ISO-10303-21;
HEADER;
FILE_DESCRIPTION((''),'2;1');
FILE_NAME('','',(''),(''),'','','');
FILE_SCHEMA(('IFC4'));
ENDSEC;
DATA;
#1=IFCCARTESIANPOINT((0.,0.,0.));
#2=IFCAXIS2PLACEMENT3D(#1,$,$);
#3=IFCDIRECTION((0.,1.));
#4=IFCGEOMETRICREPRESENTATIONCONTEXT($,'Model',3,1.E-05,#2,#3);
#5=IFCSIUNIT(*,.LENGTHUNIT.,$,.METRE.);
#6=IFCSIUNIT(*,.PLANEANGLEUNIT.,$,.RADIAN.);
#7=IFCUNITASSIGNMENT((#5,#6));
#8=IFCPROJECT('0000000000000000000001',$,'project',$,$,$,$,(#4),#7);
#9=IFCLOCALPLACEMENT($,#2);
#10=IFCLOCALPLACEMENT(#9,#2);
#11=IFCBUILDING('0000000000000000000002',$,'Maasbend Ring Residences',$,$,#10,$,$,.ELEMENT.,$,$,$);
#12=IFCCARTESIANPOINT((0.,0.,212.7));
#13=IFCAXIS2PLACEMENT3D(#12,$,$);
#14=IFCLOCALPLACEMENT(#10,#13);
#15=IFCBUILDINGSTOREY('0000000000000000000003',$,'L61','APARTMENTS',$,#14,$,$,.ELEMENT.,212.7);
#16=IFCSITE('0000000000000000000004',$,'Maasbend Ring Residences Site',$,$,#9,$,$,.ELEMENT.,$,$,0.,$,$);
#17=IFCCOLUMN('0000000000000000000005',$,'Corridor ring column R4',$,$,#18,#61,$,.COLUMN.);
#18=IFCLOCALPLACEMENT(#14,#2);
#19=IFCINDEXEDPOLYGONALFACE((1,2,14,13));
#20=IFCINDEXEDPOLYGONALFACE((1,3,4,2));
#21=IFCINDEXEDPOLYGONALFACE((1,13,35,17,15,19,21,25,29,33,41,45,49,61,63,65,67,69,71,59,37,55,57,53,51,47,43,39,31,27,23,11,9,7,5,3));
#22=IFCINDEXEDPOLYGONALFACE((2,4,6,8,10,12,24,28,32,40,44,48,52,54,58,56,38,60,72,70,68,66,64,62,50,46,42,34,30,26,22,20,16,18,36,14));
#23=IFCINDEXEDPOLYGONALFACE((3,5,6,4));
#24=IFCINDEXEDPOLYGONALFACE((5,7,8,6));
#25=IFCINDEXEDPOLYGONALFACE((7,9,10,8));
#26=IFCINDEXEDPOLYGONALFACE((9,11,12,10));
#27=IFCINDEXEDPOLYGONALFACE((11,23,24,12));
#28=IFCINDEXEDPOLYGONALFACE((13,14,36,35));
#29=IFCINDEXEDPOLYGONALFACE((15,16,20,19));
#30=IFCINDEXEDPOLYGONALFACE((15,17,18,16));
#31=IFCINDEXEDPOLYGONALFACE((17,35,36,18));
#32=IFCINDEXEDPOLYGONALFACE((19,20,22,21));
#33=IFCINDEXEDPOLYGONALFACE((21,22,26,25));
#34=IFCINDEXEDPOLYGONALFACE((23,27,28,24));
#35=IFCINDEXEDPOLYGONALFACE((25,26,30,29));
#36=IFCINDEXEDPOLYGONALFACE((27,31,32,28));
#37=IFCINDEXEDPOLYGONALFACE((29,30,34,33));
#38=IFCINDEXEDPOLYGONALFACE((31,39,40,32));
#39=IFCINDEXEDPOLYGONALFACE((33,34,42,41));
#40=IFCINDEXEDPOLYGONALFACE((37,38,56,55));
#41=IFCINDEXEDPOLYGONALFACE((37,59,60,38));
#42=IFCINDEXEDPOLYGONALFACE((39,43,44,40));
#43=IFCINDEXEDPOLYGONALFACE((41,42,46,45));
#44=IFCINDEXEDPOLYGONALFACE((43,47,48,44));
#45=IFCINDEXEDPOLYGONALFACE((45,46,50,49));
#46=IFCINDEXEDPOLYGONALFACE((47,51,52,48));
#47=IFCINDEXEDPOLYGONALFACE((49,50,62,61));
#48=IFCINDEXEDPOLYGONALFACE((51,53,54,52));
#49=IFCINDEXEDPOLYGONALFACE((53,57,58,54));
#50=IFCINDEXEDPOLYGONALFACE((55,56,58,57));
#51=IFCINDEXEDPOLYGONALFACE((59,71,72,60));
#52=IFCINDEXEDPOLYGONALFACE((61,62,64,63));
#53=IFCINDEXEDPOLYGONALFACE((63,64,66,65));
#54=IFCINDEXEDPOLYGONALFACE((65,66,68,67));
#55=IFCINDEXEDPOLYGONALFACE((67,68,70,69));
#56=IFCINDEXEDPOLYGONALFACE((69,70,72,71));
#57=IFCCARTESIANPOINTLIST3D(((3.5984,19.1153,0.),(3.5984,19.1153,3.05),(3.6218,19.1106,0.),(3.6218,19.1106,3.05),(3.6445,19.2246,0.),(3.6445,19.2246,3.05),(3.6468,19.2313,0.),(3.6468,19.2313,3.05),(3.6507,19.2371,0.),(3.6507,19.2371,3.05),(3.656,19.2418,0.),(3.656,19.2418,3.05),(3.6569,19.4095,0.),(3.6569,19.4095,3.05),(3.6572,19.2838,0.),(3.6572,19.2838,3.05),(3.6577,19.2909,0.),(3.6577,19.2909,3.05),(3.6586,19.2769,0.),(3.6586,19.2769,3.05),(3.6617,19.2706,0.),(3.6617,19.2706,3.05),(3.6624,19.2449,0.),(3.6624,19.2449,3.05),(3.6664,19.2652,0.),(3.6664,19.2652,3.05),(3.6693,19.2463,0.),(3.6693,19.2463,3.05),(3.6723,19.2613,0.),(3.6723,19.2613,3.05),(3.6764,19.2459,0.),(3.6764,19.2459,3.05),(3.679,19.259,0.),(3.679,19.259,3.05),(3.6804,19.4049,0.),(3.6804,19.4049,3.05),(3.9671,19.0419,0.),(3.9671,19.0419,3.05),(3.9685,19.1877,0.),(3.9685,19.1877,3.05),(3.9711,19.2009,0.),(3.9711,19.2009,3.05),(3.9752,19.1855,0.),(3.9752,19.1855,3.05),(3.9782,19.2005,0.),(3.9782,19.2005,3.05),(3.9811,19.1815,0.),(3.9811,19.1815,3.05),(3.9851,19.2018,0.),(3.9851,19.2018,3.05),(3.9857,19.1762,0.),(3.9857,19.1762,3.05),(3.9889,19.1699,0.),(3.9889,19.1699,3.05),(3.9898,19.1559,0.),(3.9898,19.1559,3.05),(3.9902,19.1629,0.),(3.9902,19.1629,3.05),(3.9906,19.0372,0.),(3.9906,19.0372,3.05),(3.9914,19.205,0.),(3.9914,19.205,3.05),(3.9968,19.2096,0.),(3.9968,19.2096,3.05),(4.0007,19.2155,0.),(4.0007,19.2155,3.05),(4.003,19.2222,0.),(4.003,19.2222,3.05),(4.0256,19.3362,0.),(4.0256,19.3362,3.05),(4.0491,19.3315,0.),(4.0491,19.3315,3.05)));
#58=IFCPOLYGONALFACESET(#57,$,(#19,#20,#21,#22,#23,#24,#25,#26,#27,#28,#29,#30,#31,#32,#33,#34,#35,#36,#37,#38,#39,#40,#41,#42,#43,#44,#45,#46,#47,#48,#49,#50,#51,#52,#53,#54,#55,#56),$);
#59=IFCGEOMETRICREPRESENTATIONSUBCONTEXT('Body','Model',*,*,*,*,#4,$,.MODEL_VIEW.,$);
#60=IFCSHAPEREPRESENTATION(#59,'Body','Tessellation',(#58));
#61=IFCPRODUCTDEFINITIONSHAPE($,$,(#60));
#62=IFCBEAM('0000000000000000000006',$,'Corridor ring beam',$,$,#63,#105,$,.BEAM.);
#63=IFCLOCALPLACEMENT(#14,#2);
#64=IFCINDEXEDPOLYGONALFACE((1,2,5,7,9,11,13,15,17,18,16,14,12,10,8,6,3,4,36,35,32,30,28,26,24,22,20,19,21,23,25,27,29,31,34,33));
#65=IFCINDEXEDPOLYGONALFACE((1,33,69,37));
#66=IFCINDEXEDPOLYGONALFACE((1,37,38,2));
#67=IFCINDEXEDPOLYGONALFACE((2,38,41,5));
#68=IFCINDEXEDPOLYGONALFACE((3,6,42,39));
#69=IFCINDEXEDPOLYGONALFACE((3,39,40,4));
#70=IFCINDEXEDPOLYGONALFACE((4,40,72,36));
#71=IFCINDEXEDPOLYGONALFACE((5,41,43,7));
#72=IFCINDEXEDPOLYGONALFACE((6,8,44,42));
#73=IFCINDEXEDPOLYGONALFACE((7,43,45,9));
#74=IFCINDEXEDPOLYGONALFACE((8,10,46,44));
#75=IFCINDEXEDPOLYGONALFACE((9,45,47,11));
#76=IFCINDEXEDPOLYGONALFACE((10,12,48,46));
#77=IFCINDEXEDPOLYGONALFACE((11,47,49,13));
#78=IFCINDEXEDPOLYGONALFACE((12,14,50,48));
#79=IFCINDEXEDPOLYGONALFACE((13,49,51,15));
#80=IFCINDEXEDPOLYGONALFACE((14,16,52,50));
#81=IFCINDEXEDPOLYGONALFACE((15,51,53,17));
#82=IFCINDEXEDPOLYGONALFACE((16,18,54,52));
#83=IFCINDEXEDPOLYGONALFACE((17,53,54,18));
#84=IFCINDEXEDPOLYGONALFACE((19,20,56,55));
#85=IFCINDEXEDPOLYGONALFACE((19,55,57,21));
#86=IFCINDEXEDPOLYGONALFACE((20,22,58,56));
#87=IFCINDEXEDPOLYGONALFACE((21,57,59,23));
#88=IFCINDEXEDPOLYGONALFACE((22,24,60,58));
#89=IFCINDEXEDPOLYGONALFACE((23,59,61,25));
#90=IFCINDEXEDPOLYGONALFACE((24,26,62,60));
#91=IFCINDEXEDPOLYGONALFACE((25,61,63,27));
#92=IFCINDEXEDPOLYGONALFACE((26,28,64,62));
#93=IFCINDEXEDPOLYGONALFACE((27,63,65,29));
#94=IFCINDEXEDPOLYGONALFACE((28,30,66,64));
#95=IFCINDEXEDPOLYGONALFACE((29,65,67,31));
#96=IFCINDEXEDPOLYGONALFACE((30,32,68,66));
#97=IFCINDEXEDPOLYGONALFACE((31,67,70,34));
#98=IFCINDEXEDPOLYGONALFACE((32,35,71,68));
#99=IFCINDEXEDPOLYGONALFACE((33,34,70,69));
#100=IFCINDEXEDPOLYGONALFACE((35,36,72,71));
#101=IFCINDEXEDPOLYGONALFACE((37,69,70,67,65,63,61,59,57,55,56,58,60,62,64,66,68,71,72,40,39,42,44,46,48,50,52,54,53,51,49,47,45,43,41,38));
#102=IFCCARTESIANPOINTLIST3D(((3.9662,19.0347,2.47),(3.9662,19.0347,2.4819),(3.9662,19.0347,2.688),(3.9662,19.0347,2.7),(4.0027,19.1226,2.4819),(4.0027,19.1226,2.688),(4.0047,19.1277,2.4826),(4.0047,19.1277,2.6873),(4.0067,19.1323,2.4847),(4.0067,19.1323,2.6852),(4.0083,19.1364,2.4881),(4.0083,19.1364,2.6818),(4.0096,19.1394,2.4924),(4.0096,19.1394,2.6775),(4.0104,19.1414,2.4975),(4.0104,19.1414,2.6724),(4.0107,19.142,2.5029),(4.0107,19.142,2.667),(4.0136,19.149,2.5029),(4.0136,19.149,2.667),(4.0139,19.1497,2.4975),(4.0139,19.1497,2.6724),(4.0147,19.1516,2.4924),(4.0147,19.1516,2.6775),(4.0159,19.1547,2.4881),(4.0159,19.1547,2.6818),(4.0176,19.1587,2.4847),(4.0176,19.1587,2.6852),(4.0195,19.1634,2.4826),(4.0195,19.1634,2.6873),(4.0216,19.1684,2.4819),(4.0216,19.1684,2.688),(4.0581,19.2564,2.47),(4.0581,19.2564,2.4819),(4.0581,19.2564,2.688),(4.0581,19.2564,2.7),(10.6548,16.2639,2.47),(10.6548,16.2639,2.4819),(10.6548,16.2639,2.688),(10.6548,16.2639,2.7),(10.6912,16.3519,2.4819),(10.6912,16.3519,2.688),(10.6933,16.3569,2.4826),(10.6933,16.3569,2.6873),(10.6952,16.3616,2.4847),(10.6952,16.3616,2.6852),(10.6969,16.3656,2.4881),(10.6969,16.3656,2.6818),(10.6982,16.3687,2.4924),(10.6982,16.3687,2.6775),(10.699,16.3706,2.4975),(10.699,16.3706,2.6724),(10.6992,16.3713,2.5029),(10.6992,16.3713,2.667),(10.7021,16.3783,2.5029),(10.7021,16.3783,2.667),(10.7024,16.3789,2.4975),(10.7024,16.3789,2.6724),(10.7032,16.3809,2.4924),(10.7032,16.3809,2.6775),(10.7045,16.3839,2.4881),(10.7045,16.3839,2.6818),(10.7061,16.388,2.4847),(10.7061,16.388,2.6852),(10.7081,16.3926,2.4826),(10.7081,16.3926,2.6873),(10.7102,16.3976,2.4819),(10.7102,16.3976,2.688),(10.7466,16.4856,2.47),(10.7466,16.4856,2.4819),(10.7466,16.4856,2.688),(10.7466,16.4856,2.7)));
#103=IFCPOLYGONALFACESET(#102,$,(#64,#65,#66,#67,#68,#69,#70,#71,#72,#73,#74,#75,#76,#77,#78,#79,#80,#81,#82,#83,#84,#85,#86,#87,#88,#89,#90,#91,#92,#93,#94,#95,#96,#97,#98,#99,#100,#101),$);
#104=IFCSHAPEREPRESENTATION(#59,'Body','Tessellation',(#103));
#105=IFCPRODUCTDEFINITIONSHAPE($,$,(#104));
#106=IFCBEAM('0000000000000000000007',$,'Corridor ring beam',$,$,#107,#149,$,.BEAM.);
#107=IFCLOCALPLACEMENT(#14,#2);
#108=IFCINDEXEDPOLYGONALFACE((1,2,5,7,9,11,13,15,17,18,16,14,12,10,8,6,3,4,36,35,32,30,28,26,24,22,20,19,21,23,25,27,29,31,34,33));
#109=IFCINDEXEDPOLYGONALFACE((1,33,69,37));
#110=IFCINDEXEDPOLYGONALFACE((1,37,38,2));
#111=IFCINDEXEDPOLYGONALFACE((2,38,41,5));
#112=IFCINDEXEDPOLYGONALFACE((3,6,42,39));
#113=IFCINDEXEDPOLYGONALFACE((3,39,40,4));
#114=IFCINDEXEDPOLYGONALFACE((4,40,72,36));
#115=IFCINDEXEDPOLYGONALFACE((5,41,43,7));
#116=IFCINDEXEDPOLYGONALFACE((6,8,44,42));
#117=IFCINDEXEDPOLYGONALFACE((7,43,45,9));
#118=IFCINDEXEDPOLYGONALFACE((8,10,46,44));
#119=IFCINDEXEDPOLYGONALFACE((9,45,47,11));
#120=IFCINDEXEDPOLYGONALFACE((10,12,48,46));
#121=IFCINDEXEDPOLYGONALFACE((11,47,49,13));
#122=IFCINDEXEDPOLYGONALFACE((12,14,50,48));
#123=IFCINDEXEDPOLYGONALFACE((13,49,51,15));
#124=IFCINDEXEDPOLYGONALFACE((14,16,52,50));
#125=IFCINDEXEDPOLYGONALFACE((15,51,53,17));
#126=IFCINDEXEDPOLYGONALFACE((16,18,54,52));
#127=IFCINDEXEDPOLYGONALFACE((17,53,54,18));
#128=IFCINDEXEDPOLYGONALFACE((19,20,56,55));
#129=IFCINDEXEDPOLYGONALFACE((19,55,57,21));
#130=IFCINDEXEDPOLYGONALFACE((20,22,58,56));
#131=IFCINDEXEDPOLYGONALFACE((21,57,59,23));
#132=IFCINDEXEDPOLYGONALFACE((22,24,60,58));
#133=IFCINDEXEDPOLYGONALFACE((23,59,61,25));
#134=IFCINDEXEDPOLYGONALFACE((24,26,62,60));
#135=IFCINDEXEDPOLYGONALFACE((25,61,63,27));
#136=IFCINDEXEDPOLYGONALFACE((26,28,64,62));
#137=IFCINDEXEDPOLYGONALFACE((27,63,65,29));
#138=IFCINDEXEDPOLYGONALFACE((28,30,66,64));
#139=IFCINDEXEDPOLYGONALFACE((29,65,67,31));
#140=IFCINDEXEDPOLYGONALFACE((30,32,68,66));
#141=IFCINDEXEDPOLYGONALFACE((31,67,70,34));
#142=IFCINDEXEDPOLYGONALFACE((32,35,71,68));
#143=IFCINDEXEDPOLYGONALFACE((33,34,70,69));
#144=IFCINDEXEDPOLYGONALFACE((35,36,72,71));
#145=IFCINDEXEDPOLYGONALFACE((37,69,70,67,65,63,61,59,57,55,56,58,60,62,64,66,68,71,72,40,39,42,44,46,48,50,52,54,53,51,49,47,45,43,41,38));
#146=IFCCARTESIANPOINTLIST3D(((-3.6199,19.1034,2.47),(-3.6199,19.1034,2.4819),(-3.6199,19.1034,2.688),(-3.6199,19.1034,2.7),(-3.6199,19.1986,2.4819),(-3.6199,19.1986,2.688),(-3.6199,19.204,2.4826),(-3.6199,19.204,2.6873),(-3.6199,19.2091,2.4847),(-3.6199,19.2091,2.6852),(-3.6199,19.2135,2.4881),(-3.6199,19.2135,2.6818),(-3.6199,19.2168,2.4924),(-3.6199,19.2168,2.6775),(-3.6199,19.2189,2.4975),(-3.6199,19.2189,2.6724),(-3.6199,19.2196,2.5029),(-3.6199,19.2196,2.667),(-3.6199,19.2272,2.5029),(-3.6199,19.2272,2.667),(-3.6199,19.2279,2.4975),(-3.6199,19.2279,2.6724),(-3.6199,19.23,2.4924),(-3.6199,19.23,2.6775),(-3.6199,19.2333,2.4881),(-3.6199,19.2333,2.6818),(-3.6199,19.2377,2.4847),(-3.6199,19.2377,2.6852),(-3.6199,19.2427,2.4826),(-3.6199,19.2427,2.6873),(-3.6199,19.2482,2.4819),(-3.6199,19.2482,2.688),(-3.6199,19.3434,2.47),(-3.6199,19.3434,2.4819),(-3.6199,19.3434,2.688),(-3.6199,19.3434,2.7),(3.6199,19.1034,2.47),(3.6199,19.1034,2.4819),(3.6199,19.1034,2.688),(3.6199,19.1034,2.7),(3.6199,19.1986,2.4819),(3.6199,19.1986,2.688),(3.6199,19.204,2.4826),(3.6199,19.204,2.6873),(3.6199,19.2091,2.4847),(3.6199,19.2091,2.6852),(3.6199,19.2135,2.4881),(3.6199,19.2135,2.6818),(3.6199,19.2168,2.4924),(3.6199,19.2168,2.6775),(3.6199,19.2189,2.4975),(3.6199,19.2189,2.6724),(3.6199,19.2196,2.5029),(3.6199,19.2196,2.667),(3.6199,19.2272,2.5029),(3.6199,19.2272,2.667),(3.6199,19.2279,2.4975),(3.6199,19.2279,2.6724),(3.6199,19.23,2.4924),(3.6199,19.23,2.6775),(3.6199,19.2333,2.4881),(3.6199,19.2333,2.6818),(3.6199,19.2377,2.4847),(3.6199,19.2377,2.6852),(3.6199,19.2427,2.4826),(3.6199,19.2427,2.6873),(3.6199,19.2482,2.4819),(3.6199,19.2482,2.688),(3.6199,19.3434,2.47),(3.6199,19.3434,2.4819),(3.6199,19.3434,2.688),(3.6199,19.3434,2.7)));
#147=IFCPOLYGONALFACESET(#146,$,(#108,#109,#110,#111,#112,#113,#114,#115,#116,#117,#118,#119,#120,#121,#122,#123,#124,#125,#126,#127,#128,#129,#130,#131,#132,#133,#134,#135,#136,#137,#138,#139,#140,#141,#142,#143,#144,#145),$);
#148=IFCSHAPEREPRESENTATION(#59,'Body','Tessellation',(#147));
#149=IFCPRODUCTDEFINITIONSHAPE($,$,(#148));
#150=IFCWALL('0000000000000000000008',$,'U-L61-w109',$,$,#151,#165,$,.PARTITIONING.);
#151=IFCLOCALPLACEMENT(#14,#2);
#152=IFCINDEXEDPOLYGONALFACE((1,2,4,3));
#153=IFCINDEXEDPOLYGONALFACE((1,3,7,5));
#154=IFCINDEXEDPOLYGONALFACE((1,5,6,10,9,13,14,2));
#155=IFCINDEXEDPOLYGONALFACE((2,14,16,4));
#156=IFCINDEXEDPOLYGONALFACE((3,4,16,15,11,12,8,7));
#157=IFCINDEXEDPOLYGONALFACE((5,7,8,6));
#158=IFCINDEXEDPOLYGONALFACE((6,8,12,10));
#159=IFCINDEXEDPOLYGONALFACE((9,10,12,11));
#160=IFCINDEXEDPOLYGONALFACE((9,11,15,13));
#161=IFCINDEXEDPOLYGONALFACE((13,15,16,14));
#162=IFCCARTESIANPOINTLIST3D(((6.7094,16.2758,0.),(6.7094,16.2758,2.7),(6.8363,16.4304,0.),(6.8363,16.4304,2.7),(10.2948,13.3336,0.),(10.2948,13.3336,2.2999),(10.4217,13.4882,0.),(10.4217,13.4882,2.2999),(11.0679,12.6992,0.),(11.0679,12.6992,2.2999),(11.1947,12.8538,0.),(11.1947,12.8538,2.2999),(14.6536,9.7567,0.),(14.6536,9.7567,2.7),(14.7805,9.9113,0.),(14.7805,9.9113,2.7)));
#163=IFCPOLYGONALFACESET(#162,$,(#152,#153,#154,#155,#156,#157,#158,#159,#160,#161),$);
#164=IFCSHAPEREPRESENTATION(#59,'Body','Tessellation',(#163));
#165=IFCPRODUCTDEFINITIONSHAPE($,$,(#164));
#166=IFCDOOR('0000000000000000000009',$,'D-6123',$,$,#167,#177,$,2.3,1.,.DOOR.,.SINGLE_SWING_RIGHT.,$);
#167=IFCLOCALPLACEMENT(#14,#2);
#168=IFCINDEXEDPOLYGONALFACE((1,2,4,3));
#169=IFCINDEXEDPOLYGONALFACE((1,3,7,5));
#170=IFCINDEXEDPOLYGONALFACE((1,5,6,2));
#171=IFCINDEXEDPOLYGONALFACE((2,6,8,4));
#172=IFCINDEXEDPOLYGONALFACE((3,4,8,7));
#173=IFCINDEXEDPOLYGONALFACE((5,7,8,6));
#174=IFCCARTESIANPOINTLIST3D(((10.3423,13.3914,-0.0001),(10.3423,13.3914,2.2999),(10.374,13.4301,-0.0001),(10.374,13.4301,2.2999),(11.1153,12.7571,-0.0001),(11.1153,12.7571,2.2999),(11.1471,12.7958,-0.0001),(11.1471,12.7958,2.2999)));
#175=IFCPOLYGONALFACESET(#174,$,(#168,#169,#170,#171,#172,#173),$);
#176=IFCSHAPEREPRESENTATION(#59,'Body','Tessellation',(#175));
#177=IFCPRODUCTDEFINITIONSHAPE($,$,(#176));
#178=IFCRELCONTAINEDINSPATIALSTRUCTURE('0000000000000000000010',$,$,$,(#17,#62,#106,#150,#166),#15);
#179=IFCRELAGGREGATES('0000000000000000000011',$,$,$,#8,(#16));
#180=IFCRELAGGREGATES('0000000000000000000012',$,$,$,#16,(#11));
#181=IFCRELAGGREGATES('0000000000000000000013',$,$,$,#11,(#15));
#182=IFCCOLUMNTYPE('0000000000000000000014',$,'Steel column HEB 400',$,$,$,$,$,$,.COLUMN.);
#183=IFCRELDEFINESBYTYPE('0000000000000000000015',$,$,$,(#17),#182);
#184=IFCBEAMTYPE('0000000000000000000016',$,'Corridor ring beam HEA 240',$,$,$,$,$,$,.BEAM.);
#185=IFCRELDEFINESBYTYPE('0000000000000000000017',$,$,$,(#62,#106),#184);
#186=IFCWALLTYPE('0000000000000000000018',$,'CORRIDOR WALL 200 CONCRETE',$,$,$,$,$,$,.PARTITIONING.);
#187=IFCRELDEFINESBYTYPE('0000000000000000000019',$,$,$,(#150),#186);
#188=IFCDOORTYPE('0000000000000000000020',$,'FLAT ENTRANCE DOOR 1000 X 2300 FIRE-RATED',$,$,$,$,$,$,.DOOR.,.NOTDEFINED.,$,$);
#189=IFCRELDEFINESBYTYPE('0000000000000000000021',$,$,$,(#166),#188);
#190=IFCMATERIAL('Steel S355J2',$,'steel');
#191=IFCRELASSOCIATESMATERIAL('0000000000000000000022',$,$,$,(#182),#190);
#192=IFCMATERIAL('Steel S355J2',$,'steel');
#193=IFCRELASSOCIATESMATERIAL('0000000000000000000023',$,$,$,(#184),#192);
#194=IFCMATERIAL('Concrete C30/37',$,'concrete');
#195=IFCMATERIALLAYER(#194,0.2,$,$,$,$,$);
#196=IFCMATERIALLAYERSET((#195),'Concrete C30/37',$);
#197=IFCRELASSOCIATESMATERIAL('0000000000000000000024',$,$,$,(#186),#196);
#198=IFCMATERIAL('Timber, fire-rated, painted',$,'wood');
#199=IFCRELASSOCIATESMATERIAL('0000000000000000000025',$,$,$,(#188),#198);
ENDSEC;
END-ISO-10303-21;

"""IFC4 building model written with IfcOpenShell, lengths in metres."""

from ifc_helpers import new_model, si_unit, direction, frame, frame_2d, origin, origin_2d, place, context, subcontext, project, spatial, rectangle, i_section, extrude, material, layer, layer_set, material_profile, profile_set, type_object, element, fill, save


model = new_model("IFC4")

# Units and contexts
model_context = context("Model", 3, precision=1e-05, world=origin(), true_north=direction((0.0, 1.0)))
body_context = subcontext(model_context, "Body", "Model", "MODEL_VIEW")
ifc_project = project(units=[si_unit("LENGTHUNIT", "METRE"), si_unit("PLANEANGLEUNIT", "RADIAN")], contexts=[model_context])

# Site, building, storey
site_placement = place(None, origin())
site = spatial("IfcSite", under=ifc_project, at=site_placement, Name="Maasbend Ring Residences Site", CompositionType="ELEMENT", RefElevation=0.0)
building_placement = place(site_placement, origin())
building = spatial("IfcBuilding", under=site, at=building_placement, Name="Maasbend Ring Residences", CompositionType="ELEMENT")
storey_placement = place(building_placement, frame((0.0, 0.0, 212.7)))
storey = spatial("IfcBuildingStorey", under=building, at=storey_placement, Name="L61", Description="APARTMENTS", CompositionType="ELEMENT", Elevation=212.7)

# Column
ifc_material_1 = material(Name="Steel S355J2", Category="steel")
ifc_material_profile_1 = material_profile(ifc_material_1, i_section(OverallWidth=0.3, OverallDepth=0.3999, WebThickness=0.0134, FlangeThickness=0.0239, FilletRadius=0.0271, at=origin_2d()), Name="HEB 400")
ifc_profile_set_1 = profile_set([ifc_material_profile_1], Name="Steel S355J2")
column_type = type_object("IfcColumnType", Name="Steel column HEB 400", PredefinedType="COLUMN", material=ifc_profile_set_1)
column_placement = place(storey_placement, frame((3.8237, 19.2234, 0.0), z_axis=(0.0, 0.0, 1.0), x_axis=(0.19509, 0.980785, 0.0)))
element("IfcColumn", 1, at=column_placement, inside=storey, type_object=column_type, Name="Corridor ring column R4", PredefinedType="COLUMN", context=body_context, shape_type="SweptSolid", body=[
    extrude(i_section(OverallWidth=0.3, OverallDepth=0.3999, WebThickness=0.0134, FlangeThickness=0.0239, FilletRadius=0.0271, at=origin_2d()), origin(), (0.0, 0.0, 1.0), 3.05),
])

# Beams
ifc_material_2 = material(Name="Steel S355J2", Category="steel")
ifc_material_profile_2 = material_profile(ifc_material_2, i_section(OverallWidth=0.24, OverallDepth=0.23, WebThickness=0.0076, FlangeThickness=0.012, FilletRadius=0.021, at=origin_2d()), Name="HEA 240")
ifc_profile_set_2 = profile_set([ifc_material_profile_2], Name="Steel S355J2")
beam_type = type_object("IfcBeamType", Name="Corridor ring beam HEA 240", PredefinedType="BEAM", material=ifc_profile_set_2)
for number, where, z_axis, x_axis, name in (
    (2, (10.7007, 16.3748, 2.585), (-0.923865, 0.382718, 0.0), (-0.382718, -0.923865, 0.0), "Corridor ring beam"),
    (3, (3.6199, 19.2234, 2.585), (-1.0, 0.0, 0.0), (0.0, -1.0, 0.0), "Corridor ring beam"),
):
    element("IfcBeam", number, at=place(storey_placement, frame(where, z_axis=z_axis, x_axis=x_axis)), inside=storey, type_object=beam_type, Name=name, PredefinedType="BEAM", context=body_context, shape_type="SweptSolid", body=[
        extrude(i_section(OverallWidth=0.24, OverallDepth=0.23, WebThickness=0.0076, FlangeThickness=0.012, FilletRadius=0.021, at=origin_2d()), origin(), (0.0, 0.0, 1.0), 7.2397),
    ])

# Wall, opening, door
ifc_material_3 = material(Name="Concrete C30/37", Category="concrete")
ifc_layer_1 = layer(ifc_material_3, 0.2)
ifc_layer_set_1 = layer_set([ifc_layer_1], Name="Concrete C30/37")
wall_type_1 = type_object("IfcWallType", Name="CORRIDOR WALL 200 CONCRETE", PredefinedType="PARTITIONING", material=ifc_layer_set_1)
wall_1_placement = place(storey_placement, frame((6.7729, 16.353, 0.0), z_axis=(0.0, 0.0, 1.0), x_axis=(0.773035, -0.634364, 0.0)))
wall_1 = element("IfcWall", 4, at=wall_1_placement, inside=storey, type_object=wall_type_1, Name="U-L61-w109", PredefinedType="PARTITIONING", context=body_context, shape_type="SweptSolid", body=[
    extrude(rectangle(XDim=10.2766, YDim=0.2, at=frame_2d((5.1382, 0.0))), origin(), (0.0, 0.0, 1.0), 2.7),
])
opening_1_placement = place(wall_1_placement, frame((4.6379, 0.0, 0.0)))
opening_1 = element("IfcOpeningElement", 5, at=opening_1_placement, cuts=wall_1, PredefinedType="OPENING", context=body_context, shape_type="SweptSolid", body=[
    extrude(rectangle(XDim=1.0, YDim=2.3, at=frame_2d((0.5, 1.1499))), frame((0.0, 0.1099, 0.0), z_axis=(0.0, -1.0, 0.0), x_axis=(1.0, 0.0, 0.0)), (0.0, 0.0, 1.0), 0.22),
])
ifc_material_4 = material(Name="Timber, fire-rated, painted", Category="wood")
door_type_1 = type_object("IfcDoorType", Name="FLAT ENTRANCE DOOR 1000 X 2300 FIRE-RATED", OperationType="NOTDEFINED", PredefinedType="DOOR", material=ifc_material_4)
door_1_placement = place(opening_1_placement, origin())
door_1 = element("IfcDoor", 6, at=door_1_placement, inside=storey, type_object=door_type_1, Name="D-6123", OperationType="SINGLE_SWING_RIGHT", OverallHeight=2.3, OverallWidth=1.0, PredefinedType="DOOR", context=body_context, shape_type="SweptSolid", body=[
    extrude(rectangle(XDim=1.0, YDim=2.3, at=frame_2d((0.5, 1.1499))), frame((0.0, 0.0249, 0.0), z_axis=(0.0, -1.0, 0.0), x_axis=(1.0, 0.0, 0.0)), (0.0, 0.0, 1.0), 0.05),
])
fill(opening_1, door_1)

save(model, "model.ifc")
